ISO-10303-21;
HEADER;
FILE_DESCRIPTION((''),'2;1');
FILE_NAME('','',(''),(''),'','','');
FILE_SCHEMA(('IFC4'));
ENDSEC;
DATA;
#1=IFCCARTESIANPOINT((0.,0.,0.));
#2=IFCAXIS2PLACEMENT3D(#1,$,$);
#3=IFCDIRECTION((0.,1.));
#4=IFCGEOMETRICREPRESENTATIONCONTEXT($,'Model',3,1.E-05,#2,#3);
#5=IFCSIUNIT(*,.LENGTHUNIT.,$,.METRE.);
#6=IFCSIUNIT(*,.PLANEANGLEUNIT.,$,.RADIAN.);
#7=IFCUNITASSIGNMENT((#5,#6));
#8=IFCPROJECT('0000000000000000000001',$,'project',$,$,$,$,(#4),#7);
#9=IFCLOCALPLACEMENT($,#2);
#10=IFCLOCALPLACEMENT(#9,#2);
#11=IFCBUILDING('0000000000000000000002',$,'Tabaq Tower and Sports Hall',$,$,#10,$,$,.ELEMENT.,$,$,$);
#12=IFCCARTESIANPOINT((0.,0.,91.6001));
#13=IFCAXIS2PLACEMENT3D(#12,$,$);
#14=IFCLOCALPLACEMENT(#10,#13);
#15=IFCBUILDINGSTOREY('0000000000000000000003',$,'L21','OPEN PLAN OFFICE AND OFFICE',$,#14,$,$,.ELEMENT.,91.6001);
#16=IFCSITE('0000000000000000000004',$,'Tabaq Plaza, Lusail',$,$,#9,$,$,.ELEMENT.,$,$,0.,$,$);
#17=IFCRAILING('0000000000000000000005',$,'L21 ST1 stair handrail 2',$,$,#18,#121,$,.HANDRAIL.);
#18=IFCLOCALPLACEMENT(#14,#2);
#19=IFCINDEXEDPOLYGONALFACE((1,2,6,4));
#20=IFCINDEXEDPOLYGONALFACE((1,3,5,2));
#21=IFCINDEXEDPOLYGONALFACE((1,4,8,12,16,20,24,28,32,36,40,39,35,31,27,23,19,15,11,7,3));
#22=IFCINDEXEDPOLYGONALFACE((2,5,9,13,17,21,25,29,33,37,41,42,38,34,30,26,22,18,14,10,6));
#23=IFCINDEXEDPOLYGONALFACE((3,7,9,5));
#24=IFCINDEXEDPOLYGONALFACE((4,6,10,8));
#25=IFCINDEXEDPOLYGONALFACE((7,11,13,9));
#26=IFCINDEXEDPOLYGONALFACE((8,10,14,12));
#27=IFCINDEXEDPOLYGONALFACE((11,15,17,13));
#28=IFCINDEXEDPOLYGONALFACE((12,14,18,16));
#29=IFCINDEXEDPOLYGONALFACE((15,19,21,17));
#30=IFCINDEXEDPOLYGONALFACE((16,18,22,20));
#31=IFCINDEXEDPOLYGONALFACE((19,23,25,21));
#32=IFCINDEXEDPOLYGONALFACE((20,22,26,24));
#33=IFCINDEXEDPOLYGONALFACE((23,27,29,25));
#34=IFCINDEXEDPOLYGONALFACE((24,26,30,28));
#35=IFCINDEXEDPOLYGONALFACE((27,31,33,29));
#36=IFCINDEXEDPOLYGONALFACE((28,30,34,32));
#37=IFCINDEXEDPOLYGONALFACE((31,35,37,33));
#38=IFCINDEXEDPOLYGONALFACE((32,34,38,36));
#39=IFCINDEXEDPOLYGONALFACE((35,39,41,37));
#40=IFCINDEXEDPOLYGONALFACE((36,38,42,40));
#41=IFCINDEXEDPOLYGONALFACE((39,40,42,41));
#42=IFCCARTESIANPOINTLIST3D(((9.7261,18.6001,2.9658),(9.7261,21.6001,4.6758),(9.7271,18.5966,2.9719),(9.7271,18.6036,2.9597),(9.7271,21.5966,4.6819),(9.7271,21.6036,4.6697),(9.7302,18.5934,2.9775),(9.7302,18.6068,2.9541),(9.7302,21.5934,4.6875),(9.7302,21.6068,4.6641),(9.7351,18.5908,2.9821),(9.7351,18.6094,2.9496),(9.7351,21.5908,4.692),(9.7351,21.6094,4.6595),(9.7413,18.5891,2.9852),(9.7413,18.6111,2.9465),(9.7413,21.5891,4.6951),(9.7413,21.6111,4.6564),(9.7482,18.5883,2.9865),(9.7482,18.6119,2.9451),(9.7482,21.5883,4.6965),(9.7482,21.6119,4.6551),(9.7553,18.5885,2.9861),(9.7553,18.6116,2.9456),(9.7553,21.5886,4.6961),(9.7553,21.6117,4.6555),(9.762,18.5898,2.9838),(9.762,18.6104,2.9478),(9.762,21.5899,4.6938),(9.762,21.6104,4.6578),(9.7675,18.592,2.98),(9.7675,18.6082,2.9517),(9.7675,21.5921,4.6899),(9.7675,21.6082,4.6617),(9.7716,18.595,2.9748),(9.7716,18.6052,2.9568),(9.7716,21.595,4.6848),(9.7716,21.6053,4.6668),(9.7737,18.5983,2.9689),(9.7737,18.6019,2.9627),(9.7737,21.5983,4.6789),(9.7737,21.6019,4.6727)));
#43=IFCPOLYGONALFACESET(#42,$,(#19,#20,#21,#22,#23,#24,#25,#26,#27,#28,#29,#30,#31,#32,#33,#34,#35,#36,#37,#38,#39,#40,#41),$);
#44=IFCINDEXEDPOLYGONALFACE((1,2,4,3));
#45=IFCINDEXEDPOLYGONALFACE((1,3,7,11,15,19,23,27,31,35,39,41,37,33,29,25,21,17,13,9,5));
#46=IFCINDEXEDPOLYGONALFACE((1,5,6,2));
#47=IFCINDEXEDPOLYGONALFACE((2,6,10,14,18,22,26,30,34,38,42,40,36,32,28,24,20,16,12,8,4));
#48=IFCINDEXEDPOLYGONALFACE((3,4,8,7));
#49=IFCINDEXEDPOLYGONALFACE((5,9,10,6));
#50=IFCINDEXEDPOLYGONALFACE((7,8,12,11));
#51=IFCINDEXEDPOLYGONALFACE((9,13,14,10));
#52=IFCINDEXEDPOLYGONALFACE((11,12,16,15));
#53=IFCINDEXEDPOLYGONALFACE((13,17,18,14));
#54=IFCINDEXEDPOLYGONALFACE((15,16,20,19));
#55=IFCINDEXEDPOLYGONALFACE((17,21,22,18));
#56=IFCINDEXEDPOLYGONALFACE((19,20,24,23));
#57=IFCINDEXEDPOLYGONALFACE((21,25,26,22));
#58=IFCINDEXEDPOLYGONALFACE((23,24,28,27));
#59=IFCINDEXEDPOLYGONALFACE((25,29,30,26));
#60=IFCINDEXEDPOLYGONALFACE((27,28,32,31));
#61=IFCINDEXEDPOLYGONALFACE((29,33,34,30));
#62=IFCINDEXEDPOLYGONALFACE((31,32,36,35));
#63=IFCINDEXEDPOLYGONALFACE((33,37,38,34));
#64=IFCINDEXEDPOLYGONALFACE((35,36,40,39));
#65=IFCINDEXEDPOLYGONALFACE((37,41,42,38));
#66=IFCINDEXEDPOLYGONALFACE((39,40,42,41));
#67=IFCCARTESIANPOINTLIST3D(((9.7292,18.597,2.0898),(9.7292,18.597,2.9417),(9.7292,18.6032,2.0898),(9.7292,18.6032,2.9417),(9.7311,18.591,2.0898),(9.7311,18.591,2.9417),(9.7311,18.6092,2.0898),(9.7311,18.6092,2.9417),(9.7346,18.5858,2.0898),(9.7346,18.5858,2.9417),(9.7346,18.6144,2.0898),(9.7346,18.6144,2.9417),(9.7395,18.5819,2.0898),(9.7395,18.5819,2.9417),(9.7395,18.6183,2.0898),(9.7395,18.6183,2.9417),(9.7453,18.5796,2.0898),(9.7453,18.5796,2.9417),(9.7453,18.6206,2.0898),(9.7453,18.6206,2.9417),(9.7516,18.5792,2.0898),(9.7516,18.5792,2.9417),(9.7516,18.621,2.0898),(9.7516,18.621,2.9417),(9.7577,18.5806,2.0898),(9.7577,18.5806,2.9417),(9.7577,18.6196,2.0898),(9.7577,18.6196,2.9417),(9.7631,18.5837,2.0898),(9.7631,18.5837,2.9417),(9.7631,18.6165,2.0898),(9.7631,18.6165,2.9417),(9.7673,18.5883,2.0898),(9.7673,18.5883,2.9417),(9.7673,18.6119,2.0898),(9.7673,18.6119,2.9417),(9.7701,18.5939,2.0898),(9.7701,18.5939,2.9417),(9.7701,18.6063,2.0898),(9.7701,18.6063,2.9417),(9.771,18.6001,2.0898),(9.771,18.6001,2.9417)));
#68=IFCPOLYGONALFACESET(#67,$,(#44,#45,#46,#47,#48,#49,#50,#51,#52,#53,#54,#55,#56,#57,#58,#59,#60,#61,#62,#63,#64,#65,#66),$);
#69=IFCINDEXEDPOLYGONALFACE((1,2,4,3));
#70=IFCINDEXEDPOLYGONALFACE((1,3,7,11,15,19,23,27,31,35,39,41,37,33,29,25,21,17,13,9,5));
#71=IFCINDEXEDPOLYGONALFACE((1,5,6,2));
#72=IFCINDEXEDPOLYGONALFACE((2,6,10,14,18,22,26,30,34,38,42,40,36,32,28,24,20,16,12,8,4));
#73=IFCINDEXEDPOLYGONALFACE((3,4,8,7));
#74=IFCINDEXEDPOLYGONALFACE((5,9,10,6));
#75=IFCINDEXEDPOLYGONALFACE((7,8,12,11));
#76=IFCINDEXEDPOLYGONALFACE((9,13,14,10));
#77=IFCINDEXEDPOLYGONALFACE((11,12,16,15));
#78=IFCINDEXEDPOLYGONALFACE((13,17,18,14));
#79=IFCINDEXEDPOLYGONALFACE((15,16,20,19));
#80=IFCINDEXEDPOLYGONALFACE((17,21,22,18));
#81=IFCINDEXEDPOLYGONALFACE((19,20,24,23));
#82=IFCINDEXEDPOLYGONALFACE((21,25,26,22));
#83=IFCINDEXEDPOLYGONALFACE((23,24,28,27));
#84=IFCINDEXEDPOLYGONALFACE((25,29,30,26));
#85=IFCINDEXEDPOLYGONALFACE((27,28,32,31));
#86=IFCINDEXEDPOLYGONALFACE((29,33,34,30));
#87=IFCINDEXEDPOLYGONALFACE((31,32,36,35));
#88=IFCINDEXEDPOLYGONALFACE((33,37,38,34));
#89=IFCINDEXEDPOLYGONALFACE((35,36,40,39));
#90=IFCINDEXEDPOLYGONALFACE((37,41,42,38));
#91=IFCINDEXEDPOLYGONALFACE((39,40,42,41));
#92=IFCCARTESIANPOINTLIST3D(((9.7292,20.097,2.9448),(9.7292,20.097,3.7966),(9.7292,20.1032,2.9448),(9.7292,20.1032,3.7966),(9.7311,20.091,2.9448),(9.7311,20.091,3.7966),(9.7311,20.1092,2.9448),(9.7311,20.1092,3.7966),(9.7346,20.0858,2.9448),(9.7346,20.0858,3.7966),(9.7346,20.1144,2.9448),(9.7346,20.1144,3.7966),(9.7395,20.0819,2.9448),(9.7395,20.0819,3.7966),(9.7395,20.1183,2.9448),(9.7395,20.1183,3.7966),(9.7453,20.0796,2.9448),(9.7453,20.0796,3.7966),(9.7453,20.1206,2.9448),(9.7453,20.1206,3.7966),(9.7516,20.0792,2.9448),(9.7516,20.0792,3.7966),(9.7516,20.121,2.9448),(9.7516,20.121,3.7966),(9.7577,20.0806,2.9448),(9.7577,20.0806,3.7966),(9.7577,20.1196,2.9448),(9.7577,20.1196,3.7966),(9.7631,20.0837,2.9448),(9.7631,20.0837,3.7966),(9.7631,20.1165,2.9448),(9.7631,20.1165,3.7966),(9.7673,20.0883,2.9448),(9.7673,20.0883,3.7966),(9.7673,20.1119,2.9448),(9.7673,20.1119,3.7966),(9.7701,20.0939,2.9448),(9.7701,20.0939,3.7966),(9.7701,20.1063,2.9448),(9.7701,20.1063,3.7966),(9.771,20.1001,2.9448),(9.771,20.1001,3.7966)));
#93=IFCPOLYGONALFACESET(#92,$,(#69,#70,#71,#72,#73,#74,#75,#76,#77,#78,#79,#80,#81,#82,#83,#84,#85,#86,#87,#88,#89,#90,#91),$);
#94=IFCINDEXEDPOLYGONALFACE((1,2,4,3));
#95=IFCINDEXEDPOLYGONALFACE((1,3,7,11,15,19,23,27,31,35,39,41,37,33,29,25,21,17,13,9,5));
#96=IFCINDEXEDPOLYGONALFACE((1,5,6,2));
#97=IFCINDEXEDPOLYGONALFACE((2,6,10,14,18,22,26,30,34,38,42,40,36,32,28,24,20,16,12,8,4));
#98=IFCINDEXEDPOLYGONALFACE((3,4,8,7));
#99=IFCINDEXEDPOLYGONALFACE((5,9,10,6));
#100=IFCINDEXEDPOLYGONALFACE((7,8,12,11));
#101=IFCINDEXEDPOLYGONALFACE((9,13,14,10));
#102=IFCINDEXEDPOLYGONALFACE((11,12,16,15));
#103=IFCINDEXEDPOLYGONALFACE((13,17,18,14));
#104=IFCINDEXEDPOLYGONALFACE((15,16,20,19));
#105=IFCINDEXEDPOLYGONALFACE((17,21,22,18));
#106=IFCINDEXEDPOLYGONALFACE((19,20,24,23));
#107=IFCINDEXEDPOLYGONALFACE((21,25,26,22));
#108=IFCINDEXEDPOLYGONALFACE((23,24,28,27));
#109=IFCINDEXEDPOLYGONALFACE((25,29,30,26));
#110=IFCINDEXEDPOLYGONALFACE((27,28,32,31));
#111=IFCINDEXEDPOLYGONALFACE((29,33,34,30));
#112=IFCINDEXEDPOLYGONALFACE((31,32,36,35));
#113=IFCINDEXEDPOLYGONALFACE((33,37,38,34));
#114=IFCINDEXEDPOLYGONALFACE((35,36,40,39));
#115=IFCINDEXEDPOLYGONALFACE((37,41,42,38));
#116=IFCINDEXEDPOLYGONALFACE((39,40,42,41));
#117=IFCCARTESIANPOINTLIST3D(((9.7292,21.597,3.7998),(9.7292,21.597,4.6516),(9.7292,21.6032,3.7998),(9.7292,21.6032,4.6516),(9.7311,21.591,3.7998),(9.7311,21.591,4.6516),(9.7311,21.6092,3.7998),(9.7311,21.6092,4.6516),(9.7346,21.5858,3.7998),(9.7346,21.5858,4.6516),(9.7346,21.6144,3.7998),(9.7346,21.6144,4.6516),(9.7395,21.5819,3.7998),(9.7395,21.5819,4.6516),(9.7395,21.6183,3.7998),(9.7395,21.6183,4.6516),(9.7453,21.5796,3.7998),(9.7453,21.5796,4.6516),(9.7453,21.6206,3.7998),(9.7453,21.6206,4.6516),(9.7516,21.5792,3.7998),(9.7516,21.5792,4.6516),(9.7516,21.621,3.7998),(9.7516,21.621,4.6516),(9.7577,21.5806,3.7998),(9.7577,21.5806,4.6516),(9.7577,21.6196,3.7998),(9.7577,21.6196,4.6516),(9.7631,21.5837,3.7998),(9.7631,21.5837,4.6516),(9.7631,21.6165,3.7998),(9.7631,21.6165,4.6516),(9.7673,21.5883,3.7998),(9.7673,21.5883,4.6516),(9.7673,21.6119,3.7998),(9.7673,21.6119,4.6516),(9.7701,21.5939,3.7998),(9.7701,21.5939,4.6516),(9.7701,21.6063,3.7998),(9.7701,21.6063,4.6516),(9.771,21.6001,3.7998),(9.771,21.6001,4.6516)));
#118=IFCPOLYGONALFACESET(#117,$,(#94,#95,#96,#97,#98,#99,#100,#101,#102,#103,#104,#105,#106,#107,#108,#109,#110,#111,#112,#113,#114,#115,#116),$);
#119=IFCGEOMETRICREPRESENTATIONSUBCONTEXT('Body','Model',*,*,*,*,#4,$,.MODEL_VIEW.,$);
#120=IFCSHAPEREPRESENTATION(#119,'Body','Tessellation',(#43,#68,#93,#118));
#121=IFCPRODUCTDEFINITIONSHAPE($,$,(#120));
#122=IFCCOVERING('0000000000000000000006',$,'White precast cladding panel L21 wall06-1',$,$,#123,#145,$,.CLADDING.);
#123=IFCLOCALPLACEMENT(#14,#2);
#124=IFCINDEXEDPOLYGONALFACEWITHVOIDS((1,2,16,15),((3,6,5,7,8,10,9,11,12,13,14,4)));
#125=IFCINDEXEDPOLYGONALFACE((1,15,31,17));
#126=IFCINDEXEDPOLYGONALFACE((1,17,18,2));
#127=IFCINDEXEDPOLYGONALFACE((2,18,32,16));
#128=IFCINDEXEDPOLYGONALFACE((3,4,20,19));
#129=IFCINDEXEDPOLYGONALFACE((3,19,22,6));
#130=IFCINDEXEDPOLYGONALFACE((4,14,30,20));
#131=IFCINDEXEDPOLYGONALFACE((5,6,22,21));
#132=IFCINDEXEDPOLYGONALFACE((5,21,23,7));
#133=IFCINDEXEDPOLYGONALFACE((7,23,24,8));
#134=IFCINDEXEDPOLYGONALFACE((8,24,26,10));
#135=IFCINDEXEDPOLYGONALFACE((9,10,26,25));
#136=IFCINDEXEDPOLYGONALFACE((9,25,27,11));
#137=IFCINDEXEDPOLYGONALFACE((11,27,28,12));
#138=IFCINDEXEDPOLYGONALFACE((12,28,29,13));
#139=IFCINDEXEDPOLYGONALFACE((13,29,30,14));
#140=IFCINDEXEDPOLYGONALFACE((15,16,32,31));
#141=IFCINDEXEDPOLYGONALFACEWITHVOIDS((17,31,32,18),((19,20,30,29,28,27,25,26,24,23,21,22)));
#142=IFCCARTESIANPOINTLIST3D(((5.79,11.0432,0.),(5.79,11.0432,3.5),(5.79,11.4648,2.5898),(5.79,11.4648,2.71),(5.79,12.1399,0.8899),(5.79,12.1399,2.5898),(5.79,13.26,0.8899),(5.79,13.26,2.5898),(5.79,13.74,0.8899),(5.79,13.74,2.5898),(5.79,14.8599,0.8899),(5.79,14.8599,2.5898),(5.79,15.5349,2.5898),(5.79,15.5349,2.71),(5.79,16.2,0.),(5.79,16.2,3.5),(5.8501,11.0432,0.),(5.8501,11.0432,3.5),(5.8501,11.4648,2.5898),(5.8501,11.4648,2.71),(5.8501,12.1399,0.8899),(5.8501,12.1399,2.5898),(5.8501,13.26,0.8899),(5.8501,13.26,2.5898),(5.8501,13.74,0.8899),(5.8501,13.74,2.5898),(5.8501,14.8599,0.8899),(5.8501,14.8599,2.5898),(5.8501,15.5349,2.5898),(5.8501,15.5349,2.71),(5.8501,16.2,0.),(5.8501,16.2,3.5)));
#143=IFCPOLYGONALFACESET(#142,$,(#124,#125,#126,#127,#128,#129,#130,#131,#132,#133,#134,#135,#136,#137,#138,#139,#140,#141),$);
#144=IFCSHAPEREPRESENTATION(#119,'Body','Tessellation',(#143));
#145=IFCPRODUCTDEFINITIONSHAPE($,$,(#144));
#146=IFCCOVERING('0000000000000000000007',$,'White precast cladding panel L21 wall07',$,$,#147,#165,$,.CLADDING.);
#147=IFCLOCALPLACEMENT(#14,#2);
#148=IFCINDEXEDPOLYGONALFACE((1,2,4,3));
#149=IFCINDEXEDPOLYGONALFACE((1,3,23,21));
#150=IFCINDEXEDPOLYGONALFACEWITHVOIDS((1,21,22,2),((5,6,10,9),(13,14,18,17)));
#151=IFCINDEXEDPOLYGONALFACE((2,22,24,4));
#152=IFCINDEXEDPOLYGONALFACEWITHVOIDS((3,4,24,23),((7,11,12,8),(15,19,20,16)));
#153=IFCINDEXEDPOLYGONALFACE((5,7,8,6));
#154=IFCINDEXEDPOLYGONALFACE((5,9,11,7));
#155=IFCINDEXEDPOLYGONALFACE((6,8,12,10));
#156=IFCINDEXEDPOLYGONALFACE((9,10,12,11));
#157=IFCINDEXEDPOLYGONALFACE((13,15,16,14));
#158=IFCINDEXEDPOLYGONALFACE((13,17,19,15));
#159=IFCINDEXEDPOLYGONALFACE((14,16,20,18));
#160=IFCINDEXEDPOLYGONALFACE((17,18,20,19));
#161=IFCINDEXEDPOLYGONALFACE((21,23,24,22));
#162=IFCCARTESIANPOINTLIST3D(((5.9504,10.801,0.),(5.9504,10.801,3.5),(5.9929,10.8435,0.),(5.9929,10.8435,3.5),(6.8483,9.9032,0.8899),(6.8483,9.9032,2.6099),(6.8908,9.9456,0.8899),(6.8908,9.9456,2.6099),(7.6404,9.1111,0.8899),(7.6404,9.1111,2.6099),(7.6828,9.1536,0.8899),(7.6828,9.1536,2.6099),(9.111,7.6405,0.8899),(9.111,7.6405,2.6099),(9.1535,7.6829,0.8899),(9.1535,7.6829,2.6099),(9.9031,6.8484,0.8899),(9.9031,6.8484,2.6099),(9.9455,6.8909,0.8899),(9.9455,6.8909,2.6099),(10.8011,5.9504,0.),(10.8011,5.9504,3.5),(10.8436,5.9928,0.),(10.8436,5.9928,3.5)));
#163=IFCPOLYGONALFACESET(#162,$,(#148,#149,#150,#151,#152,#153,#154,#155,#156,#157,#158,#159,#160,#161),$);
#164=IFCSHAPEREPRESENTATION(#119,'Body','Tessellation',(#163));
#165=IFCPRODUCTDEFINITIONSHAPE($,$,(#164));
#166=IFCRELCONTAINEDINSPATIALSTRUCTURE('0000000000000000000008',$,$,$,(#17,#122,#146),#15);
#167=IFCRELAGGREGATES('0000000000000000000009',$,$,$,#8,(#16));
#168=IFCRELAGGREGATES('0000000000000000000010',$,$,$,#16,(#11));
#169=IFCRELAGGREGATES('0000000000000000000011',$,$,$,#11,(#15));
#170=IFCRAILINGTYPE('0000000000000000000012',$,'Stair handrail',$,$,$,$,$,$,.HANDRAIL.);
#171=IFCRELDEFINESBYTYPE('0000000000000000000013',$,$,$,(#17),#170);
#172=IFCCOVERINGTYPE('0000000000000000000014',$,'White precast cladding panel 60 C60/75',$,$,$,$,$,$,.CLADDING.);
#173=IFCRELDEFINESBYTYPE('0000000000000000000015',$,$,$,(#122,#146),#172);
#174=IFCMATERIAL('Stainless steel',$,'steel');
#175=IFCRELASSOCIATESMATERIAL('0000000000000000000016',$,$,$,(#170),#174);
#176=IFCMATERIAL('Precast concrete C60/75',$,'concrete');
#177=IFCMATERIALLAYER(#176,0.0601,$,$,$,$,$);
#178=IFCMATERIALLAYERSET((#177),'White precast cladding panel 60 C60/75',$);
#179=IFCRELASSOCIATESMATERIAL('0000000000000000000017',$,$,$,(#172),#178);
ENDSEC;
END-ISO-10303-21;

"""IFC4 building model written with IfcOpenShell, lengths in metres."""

from ifc_helpers import new_model, si_unit, direction, frame, origin, origin_2d, place, context, subcontext, project, spatial, polyline, circle, outline, extrude, material, layer, layer_set, type_object, element, save


model = new_model("IFC4")

# Units and contexts
model_context = context("Model", 3, precision=1e-05, world=origin(), true_north=direction((0.0, 1.0)))
body_context = subcontext(model_context, "Body", "Model", "MODEL_VIEW")
ifc_project = project(units=[si_unit("LENGTHUNIT", "METRE"), si_unit("PLANEANGLEUNIT", "RADIAN")], contexts=[model_context])

# Site, building, storey
site_placement = place(None, origin())
site = spatial("IfcSite", under=ifc_project, at=site_placement, Name="Tabaq Plaza, Lusail", CompositionType="ELEMENT", RefElevation=0.0)
building_placement = place(site_placement, origin())
building = spatial("IfcBuilding", under=site, at=building_placement, Name="Tabaq Tower and Sports Hall", CompositionType="ELEMENT")
storey_placement = place(building_placement, frame((0.0, 0.0, 91.6001)))
storey = spatial("IfcBuildingStorey", under=building, at=storey_placement, Name="L21", Description="OPEN PLAN OFFICE AND OFFICE", CompositionType="ELEMENT", Elevation=91.6001)

# Railing
ifc_material_1 = material(Name="Stainless steel", Category="steel")
railing_type = type_object("IfcRailingType", Name="Stair handrail", PredefinedType="HANDRAIL", material=ifc_material_1)
railing_placement = place(storey_placement, frame((9.75, 18.6001, 2.0898)))
element("IfcRailing", 1, at=railing_placement, inside=storey, type_object=railing_type, Name="L21 ST1 stair handrail 2", PredefinedType="HANDRAIL", context=body_context, shape_type="SweptSolid", body=[
    extrude(circle(Radius=0.0239, at=origin_2d()), frame((0.0, 0.0, 0.876), z_axis=(0.0, 0.868782, 0.495195), x_axis=(-1.0, 0.0, 0.0)), (0.0, 0.0, 1.0), 3.4531),
    extrude(circle(Radius=0.021, at=origin_2d()), origin(), (0.0, 0.0, 1.0), 0.8518),
    extrude(circle(Radius=0.021, at=origin_2d()), frame((0.0, 1.5, 0.855)), (0.0, 0.0, 1.0), 0.8518),
    extrude(circle(Radius=0.021, at=origin_2d()), frame((0.0, 3.0, 1.71)), (0.0, 0.0, 1.0), 0.8518),
])

# Coverings
ifc_material_2 = material(Name="Precast concrete C60/75", Category="concrete")
ifc_layer_1 = layer(ifc_material_2, 0.0601)
ifc_layer_set_1 = layer_set([ifc_layer_1], Name="White precast cladding panel 60 C60/75")
covering_type_1 = type_object("IfcCoveringType", Name="White precast cladding panel 60 C60/75", PredefinedType="CLADDING", material=ifc_layer_set_1)
covering_1_placement = place(storey_placement, frame((5.8201, 16.2, 0.0), z_axis=(0.0, 0.0, 1.0), x_axis=(0.0, -1.0, 0.0)))
element("IfcCovering", 2, at=covering_1_placement, inside=storey, type_object=covering_type_1, Name="White precast cladding panel L21 wall06-1", PredefinedType="CLADDING", context=body_context, shape_type="SweptSolid", body=[
    extrude(outline(polyline([(0.0, 0.0), (5.1567, 0.0), (5.1567, 3.5), (0.0, 3.5), (0.0, 0.0)]), holes=[polyline([(1.3401, 2.5898), (0.665, 2.5898), (0.665, 2.71), (4.7351, 2.71), (4.7351, 2.5898), (4.0601, 2.5898), (4.0601, 0.8899), (2.9399, 0.8899), (2.9399, 2.5898), (2.46, 2.5898), (2.46, 0.8899), (1.3401, 0.8899), (1.3401, 2.5898)])]), frame((0.0, 0.03, 0.0), z_axis=(0.0, -1.0, 0.0), x_axis=(1.0, 0.0, 0.0)), (0.0, 0.0, 1.0), 0.0601),
])
covering_2_placement = place(storey_placement, frame((5.9717, 10.8223, 0.0), z_axis=(0.0, 0.0, 1.0), x_axis=(0.707107, -0.707107, 0.0)))
element("IfcCovering", 3, at=covering_2_placement, inside=storey, type_object=covering_type_1, Name="White precast cladding panel L21 wall07", PredefinedType="CLADDING", context=body_context, shape_type="SweptSolid", body=[
    extrude(outline(polyline([(0.0, 0.0), (6.8599, 0.0), (6.8599, 3.5), (0.0, 3.5), (0.0, 0.0)]), holes=[polyline([(1.2698, 2.6099), (2.3899, 2.6099), (2.3899, 0.8899), (1.2698, 0.8899), (1.2698, 2.6099)]), polyline([(4.4697, 2.6099), (5.5898, 2.6099), (5.5898, 0.8899), (4.4697, 0.8899), (4.4697, 2.6099)])]), frame((0.0, 0.03, 0.0), z_axis=(0.0, -1.0, 0.0), x_axis=(1.0, 0.0, 0.0)), (0.0, 0.0, 1.0), 0.0601),
])

save(model, "model.ifc")
